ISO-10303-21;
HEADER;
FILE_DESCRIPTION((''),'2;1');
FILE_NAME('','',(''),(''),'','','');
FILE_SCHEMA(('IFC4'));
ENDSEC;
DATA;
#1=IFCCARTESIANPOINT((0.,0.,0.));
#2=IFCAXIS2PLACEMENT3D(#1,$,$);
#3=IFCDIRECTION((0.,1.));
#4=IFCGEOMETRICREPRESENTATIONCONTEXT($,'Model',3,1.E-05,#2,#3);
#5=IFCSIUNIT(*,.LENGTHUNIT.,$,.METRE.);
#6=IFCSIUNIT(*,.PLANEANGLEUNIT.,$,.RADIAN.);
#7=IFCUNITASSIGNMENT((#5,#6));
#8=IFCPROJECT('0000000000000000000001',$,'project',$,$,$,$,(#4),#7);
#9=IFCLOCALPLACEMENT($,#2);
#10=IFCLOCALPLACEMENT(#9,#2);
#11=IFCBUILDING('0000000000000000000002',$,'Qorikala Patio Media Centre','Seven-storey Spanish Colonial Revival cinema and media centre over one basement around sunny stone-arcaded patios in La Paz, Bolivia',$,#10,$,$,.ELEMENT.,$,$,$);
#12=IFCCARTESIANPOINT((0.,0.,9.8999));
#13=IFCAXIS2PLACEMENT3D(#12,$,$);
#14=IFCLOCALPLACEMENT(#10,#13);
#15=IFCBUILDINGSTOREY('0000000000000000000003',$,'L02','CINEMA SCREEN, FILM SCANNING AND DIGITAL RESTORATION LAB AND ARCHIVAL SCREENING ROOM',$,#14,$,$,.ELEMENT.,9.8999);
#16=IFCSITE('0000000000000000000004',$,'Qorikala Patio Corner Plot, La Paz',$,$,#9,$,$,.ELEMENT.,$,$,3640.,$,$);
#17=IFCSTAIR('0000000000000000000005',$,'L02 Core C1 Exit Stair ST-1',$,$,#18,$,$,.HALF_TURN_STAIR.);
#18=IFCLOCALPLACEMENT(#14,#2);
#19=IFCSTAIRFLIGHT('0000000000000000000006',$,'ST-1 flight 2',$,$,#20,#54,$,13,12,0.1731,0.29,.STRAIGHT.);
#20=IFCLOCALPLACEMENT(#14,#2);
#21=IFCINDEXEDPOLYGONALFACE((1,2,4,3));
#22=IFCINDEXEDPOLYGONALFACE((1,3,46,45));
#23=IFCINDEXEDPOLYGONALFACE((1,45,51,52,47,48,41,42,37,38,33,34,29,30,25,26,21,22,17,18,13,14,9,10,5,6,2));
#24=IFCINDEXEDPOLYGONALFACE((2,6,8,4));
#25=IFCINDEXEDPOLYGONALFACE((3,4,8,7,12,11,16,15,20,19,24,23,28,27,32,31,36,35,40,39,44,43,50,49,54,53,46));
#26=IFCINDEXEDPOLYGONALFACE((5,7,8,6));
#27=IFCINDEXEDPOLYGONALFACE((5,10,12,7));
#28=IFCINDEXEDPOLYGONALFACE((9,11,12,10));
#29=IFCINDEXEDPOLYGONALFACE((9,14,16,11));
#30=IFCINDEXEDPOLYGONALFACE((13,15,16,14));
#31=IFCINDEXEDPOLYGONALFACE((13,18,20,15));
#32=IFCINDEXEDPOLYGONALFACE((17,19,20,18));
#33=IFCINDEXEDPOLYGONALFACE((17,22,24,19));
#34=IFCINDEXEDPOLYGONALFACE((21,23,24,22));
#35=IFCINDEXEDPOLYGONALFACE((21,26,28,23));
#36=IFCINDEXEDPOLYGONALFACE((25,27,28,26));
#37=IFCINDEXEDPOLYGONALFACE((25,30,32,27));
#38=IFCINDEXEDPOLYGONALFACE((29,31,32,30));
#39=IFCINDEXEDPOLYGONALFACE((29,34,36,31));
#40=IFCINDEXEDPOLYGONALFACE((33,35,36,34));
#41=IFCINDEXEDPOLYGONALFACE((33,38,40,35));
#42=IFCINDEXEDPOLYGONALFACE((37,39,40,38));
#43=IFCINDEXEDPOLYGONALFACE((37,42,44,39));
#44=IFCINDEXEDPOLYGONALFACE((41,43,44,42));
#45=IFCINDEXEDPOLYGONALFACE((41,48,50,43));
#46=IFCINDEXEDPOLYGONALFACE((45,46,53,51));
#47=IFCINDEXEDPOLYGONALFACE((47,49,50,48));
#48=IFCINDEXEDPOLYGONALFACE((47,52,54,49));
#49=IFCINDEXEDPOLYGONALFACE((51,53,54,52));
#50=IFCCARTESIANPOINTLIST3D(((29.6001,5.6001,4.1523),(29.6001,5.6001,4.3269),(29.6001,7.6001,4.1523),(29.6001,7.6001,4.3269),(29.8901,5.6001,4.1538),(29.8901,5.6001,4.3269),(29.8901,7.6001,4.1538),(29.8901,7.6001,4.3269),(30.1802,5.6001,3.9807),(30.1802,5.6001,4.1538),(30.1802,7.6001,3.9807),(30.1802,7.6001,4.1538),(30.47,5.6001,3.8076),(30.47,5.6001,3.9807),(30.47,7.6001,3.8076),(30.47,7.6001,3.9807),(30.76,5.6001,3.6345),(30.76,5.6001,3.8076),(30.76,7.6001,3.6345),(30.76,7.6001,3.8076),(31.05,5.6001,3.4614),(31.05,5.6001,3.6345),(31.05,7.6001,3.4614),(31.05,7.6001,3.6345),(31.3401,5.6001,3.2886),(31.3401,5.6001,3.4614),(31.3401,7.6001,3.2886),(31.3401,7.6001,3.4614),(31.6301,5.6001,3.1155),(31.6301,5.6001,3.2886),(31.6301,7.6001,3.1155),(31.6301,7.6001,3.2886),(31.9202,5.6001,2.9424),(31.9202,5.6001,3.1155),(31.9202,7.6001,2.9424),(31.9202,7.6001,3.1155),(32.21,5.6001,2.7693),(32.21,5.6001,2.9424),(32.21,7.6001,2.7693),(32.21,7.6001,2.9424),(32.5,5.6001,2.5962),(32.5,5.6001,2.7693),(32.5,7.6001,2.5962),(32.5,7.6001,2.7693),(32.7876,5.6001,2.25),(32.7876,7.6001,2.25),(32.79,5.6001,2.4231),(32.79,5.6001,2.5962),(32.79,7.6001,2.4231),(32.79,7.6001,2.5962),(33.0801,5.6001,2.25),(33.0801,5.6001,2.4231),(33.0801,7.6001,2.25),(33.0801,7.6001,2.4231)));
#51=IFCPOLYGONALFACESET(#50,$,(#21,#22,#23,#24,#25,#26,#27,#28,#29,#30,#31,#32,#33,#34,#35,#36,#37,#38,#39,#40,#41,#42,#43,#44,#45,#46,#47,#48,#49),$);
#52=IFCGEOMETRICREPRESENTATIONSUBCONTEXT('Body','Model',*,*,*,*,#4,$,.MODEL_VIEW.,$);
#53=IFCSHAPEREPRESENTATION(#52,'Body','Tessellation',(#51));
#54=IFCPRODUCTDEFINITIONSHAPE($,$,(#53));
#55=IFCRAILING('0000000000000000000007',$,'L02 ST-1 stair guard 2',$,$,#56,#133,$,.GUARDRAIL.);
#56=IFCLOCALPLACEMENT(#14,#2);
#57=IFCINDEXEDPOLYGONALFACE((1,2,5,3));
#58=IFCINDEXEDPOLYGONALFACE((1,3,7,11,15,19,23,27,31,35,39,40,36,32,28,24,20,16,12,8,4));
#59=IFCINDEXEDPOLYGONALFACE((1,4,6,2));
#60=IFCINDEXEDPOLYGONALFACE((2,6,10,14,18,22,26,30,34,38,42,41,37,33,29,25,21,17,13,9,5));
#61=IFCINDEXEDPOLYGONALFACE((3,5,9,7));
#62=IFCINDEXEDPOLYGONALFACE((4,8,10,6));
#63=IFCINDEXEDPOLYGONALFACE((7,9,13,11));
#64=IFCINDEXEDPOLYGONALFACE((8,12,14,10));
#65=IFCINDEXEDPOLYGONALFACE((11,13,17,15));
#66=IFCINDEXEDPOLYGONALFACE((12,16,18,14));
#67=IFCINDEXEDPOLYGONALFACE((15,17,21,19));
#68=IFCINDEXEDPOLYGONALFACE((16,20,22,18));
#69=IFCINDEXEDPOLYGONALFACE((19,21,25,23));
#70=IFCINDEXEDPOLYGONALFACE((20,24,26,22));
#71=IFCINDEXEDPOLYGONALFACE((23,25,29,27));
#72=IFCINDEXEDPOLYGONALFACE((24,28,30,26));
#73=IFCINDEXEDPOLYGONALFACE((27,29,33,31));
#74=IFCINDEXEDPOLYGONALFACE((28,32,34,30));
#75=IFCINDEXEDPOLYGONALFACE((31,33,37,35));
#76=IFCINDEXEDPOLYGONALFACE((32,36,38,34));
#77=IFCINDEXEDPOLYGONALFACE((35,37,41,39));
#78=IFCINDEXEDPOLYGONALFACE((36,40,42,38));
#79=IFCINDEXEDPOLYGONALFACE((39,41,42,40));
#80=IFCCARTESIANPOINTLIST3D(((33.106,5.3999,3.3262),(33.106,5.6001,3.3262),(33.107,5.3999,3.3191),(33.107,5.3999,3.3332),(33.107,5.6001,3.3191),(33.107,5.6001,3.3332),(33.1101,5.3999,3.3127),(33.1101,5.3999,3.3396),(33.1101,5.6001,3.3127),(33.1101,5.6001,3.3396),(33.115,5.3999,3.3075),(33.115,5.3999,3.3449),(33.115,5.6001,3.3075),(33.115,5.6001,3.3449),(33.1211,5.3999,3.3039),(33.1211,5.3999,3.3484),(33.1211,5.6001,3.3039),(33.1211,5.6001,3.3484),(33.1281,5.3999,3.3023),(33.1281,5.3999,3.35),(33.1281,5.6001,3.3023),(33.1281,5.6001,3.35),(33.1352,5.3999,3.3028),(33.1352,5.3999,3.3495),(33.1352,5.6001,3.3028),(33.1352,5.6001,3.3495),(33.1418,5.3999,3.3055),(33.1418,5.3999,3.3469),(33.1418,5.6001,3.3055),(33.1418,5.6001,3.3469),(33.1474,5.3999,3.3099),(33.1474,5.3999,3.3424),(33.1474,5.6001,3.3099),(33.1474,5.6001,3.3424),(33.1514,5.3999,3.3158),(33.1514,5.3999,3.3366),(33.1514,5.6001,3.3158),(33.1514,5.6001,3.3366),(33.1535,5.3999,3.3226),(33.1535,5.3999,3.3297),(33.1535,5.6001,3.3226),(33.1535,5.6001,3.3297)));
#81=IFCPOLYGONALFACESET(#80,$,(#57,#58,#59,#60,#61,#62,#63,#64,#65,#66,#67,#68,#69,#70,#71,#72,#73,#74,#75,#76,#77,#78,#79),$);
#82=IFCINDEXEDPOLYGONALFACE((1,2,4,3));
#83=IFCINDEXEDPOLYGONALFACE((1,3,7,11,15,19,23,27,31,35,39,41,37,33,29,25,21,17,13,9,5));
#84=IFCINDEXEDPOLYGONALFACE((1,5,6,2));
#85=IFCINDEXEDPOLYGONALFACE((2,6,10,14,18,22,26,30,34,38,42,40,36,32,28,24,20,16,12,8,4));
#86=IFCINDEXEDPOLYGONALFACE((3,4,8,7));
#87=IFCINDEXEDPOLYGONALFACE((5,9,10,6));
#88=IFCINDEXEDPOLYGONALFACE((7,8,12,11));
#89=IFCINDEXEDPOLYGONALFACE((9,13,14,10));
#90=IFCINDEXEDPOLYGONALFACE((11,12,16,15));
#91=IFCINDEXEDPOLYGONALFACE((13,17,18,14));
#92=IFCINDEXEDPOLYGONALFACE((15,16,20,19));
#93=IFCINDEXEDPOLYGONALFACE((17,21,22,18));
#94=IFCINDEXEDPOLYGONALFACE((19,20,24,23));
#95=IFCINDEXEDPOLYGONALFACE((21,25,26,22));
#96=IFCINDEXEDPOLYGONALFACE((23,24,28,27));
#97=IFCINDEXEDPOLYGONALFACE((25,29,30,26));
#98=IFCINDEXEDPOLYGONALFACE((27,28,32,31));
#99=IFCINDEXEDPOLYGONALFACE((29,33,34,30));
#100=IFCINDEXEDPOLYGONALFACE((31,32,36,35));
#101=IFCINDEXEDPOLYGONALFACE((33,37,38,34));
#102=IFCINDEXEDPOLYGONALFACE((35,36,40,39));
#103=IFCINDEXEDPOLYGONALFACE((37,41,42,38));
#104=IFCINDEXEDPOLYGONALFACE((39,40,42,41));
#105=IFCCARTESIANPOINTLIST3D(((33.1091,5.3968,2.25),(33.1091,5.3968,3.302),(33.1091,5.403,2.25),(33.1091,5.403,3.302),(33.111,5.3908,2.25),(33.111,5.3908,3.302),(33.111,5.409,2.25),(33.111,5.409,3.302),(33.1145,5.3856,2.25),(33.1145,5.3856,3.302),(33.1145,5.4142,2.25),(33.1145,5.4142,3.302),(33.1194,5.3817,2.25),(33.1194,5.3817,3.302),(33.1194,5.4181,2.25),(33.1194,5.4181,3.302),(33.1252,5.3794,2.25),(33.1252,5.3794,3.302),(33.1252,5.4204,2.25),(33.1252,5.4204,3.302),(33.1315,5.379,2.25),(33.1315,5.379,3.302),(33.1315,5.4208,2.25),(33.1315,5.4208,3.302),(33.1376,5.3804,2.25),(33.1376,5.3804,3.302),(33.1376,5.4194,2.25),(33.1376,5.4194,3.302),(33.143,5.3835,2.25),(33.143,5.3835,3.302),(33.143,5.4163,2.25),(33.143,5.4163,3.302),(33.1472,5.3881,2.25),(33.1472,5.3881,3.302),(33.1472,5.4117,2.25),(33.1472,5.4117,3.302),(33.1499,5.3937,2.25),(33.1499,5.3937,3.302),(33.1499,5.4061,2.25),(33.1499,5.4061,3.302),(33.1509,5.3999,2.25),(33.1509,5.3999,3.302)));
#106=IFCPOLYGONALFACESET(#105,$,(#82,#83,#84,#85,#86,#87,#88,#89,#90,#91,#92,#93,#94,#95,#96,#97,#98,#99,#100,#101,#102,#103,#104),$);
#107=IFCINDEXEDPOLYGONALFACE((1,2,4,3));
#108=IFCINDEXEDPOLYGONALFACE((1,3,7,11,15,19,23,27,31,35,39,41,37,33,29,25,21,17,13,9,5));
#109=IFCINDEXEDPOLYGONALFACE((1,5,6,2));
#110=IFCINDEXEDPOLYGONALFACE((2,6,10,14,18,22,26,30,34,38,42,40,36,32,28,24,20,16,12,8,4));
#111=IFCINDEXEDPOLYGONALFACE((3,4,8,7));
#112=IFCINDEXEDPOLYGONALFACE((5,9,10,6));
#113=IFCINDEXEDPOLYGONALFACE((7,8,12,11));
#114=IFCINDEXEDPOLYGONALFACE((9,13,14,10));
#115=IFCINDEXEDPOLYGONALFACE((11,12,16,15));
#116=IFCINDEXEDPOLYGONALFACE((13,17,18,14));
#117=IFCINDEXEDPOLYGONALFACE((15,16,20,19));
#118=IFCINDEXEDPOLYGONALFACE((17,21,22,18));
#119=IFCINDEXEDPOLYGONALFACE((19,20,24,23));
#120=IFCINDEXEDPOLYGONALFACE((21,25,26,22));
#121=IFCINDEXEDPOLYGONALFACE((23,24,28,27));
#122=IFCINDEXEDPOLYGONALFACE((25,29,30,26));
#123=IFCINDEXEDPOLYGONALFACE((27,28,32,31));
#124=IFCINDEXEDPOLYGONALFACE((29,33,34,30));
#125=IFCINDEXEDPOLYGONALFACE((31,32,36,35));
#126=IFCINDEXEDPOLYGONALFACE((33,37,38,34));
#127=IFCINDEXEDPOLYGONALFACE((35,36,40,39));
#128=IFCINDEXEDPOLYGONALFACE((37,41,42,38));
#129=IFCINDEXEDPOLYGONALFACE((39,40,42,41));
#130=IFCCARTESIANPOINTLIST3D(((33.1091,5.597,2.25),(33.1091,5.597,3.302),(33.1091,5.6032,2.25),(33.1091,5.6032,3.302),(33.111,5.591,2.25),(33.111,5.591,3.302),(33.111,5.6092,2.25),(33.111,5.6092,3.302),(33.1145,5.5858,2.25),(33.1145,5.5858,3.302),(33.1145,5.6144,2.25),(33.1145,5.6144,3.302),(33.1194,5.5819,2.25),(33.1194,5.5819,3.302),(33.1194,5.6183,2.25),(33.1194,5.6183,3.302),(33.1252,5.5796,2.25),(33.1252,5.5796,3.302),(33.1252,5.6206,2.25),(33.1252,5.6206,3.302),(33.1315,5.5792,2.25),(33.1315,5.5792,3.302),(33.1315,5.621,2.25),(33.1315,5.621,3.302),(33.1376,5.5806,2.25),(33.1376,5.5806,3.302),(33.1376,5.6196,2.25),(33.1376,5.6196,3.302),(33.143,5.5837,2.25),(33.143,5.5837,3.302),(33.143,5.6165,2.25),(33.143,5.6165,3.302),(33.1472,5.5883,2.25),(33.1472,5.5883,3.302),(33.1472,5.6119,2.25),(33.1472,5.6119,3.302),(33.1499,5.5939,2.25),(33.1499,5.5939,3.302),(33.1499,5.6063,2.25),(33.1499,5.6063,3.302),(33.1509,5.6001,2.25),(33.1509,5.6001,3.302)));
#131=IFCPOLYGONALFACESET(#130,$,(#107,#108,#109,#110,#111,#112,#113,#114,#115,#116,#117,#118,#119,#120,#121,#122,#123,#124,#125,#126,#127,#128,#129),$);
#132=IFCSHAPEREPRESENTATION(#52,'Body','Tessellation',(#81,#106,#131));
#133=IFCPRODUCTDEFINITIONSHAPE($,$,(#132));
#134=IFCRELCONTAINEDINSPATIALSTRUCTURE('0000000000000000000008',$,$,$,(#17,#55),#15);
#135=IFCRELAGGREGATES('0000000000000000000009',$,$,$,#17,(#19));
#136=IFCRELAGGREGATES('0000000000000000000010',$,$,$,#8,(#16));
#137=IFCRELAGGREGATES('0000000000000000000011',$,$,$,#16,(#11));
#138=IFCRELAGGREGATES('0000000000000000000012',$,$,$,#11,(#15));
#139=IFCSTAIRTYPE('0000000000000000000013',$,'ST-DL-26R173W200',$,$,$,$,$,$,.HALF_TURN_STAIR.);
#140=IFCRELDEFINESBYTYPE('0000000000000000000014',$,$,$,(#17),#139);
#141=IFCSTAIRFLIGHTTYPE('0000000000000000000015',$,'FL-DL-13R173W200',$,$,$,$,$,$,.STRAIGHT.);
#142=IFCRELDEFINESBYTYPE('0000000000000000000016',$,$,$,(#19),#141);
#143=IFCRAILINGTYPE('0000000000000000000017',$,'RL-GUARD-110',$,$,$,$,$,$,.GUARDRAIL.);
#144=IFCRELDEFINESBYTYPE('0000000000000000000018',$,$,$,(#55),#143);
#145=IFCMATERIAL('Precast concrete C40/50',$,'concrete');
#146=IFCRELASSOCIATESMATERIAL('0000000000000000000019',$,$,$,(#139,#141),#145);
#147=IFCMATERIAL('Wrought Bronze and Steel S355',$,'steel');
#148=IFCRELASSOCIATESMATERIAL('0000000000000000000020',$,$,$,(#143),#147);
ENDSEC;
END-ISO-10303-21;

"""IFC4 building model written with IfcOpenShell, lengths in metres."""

from ifc_helpers import new_model, si_unit, direction, frame, origin, origin_2d, place, context, subcontext, project, spatial, polyline, circle, outline, extrude, material, type_object, element, aggregate, save


model = new_model("IFC4")

# Units and contexts
model_context = context("Model", 3, precision=1e-05, world=origin(), true_north=direction((0.0, 1.0)))
body_context = subcontext(model_context, "Body", "Model", "MODEL_VIEW")
ifc_project = project(units=[si_unit("LENGTHUNIT", "METRE"), si_unit("PLANEANGLEUNIT", "RADIAN")], contexts=[model_context])

# Site, building, storey
site_placement = place(None, origin())
site = spatial("IfcSite", under=ifc_project, at=site_placement, Name="Qorikala Patio Corner Plot, La Paz", CompositionType="ELEMENT", RefElevation=3640.0)
building_placement = place(site_placement, origin())
building = spatial("IfcBuilding", under=site, at=building_placement, Name="Qorikala Patio Media Centre", Description="Seven-storey Spanish Colonial Revival cinema and media centre over one basement around sunny stone-arcaded patios in La Paz, Bolivia", CompositionType="ELEMENT")
storey_placement = place(building_placement, frame((0.0, 0.0, 9.8999)))
storey = spatial("IfcBuildingStorey", under=building, at=storey_placement, Name="L02", Description="CINEMA SCREEN, FILM SCANNING AND DIGITAL RESTORATION LAB AND ARCHIVAL SCREENING ROOM", CompositionType="ELEMENT", Elevation=9.8999)

# Stair, stair flight
ifc_material_1 = material(Name="Precast concrete C40/50", Category="concrete")
stair_type = type_object("IfcStairType", Name="ST-DL-26R173W200", PredefinedType="HALF_TURN_STAIR", material=ifc_material_1)
stair_placement = place(storey_placement, origin())
stair = element("IfcStair", 1, at=stair_placement, inside=storey, type_object=stair_type, Name="L02 Core C1 Exit Stair ST-1", PredefinedType="HALF_TURN_STAIR")
stair_flight_type = type_object("IfcStairFlightType", Name="FL-DL-13R173W200", PredefinedType="STRAIGHT", material=ifc_material_1)
stair_flight_placement = place(storey_placement, frame((33.0801, 6.6001, 2.25), z_axis=(0.0, 0.0, 1.0), x_axis=(-1.0, 0.0, 0.0)))
stair_flight = element("IfcStairFlight", 2, at=stair_flight_placement, type_object=stair_flight_type, Name="ST-1 flight 2", NumberOfRisers=13, NumberOfTreads=12, PredefinedType="STRAIGHT", RiserHeight=0.1731, TreadLength=0.29, context=body_context, shape_type="SweptSolid", body=[
    extrude(outline(polyline([(0.0, 0.0), (0.0, 0.1731), (0.29, 0.1731), (0.29, 0.3462), (0.5801, 0.3462), (0.5801, 0.5193), (0.8701, 0.5193), (0.8701, 0.6924), (1.1599, 0.6924), (1.1599, 0.8655), (1.45, 0.8655), (1.45, 1.0386), (1.74, 1.0386), (1.74, 1.2114), (2.03, 1.2114), (2.03, 1.3845), (2.3201, 1.3845), (2.3201, 1.5576), (2.6101, 1.5576), (2.6101, 1.7307), (2.8999, 1.7307), (2.8999, 1.9038), (3.1899, 1.9038), (3.1899, 2.0769), (3.48, 2.0769), (3.48, 2.25), (3.48, 1.9023), (0.2925, 0.0), (0.0, 0.0)])), frame((0.0, 1.0, 0.0), z_axis=(0.0, -1.0, 0.0), x_axis=(1.0, 0.0, 0.0)), (0.0, 0.0, 1.0), 2.0),
])
aggregate(stair, [stair_flight])

# Railing
ifc_material_2 = material(Name="Wrought Bronze and Steel S355", Category="steel")
railing_type_1 = type_object("IfcRailingType", Name="RL-GUARD-110", PredefinedType="GUARDRAIL", material=ifc_material_2)
railing_1_placement = place(storey_placement, frame((33.1299, 5.3999, 2.25)))
element("IfcRailing", 3, at=railing_1_placement, inside=storey, type_object=railing_type_1, Name="L02 ST-1 stair guard 2", PredefinedType="GUARDRAIL", context=body_context, shape_type="SweptSolid", body=[
    extrude(circle(Radius=0.0239, at=origin_2d()), frame((0.0, 0.0, 1.0762), z_axis=(0.0, 1.0, 0.0), x_axis=(-1.0, 0.0, 0.0)), (0.0, 0.0, 1.0), 0.2002),
    extrude(circle(Radius=0.021, at=origin_2d()), origin(), (0.0, 0.0, 1.0), 1.052),
    extrude(circle(Radius=0.021, at=origin_2d()), frame((0.0, 0.2002, 0.0)), (0.0, 0.0, 1.0), 1.052),
])

save(model, "model.ifc")
